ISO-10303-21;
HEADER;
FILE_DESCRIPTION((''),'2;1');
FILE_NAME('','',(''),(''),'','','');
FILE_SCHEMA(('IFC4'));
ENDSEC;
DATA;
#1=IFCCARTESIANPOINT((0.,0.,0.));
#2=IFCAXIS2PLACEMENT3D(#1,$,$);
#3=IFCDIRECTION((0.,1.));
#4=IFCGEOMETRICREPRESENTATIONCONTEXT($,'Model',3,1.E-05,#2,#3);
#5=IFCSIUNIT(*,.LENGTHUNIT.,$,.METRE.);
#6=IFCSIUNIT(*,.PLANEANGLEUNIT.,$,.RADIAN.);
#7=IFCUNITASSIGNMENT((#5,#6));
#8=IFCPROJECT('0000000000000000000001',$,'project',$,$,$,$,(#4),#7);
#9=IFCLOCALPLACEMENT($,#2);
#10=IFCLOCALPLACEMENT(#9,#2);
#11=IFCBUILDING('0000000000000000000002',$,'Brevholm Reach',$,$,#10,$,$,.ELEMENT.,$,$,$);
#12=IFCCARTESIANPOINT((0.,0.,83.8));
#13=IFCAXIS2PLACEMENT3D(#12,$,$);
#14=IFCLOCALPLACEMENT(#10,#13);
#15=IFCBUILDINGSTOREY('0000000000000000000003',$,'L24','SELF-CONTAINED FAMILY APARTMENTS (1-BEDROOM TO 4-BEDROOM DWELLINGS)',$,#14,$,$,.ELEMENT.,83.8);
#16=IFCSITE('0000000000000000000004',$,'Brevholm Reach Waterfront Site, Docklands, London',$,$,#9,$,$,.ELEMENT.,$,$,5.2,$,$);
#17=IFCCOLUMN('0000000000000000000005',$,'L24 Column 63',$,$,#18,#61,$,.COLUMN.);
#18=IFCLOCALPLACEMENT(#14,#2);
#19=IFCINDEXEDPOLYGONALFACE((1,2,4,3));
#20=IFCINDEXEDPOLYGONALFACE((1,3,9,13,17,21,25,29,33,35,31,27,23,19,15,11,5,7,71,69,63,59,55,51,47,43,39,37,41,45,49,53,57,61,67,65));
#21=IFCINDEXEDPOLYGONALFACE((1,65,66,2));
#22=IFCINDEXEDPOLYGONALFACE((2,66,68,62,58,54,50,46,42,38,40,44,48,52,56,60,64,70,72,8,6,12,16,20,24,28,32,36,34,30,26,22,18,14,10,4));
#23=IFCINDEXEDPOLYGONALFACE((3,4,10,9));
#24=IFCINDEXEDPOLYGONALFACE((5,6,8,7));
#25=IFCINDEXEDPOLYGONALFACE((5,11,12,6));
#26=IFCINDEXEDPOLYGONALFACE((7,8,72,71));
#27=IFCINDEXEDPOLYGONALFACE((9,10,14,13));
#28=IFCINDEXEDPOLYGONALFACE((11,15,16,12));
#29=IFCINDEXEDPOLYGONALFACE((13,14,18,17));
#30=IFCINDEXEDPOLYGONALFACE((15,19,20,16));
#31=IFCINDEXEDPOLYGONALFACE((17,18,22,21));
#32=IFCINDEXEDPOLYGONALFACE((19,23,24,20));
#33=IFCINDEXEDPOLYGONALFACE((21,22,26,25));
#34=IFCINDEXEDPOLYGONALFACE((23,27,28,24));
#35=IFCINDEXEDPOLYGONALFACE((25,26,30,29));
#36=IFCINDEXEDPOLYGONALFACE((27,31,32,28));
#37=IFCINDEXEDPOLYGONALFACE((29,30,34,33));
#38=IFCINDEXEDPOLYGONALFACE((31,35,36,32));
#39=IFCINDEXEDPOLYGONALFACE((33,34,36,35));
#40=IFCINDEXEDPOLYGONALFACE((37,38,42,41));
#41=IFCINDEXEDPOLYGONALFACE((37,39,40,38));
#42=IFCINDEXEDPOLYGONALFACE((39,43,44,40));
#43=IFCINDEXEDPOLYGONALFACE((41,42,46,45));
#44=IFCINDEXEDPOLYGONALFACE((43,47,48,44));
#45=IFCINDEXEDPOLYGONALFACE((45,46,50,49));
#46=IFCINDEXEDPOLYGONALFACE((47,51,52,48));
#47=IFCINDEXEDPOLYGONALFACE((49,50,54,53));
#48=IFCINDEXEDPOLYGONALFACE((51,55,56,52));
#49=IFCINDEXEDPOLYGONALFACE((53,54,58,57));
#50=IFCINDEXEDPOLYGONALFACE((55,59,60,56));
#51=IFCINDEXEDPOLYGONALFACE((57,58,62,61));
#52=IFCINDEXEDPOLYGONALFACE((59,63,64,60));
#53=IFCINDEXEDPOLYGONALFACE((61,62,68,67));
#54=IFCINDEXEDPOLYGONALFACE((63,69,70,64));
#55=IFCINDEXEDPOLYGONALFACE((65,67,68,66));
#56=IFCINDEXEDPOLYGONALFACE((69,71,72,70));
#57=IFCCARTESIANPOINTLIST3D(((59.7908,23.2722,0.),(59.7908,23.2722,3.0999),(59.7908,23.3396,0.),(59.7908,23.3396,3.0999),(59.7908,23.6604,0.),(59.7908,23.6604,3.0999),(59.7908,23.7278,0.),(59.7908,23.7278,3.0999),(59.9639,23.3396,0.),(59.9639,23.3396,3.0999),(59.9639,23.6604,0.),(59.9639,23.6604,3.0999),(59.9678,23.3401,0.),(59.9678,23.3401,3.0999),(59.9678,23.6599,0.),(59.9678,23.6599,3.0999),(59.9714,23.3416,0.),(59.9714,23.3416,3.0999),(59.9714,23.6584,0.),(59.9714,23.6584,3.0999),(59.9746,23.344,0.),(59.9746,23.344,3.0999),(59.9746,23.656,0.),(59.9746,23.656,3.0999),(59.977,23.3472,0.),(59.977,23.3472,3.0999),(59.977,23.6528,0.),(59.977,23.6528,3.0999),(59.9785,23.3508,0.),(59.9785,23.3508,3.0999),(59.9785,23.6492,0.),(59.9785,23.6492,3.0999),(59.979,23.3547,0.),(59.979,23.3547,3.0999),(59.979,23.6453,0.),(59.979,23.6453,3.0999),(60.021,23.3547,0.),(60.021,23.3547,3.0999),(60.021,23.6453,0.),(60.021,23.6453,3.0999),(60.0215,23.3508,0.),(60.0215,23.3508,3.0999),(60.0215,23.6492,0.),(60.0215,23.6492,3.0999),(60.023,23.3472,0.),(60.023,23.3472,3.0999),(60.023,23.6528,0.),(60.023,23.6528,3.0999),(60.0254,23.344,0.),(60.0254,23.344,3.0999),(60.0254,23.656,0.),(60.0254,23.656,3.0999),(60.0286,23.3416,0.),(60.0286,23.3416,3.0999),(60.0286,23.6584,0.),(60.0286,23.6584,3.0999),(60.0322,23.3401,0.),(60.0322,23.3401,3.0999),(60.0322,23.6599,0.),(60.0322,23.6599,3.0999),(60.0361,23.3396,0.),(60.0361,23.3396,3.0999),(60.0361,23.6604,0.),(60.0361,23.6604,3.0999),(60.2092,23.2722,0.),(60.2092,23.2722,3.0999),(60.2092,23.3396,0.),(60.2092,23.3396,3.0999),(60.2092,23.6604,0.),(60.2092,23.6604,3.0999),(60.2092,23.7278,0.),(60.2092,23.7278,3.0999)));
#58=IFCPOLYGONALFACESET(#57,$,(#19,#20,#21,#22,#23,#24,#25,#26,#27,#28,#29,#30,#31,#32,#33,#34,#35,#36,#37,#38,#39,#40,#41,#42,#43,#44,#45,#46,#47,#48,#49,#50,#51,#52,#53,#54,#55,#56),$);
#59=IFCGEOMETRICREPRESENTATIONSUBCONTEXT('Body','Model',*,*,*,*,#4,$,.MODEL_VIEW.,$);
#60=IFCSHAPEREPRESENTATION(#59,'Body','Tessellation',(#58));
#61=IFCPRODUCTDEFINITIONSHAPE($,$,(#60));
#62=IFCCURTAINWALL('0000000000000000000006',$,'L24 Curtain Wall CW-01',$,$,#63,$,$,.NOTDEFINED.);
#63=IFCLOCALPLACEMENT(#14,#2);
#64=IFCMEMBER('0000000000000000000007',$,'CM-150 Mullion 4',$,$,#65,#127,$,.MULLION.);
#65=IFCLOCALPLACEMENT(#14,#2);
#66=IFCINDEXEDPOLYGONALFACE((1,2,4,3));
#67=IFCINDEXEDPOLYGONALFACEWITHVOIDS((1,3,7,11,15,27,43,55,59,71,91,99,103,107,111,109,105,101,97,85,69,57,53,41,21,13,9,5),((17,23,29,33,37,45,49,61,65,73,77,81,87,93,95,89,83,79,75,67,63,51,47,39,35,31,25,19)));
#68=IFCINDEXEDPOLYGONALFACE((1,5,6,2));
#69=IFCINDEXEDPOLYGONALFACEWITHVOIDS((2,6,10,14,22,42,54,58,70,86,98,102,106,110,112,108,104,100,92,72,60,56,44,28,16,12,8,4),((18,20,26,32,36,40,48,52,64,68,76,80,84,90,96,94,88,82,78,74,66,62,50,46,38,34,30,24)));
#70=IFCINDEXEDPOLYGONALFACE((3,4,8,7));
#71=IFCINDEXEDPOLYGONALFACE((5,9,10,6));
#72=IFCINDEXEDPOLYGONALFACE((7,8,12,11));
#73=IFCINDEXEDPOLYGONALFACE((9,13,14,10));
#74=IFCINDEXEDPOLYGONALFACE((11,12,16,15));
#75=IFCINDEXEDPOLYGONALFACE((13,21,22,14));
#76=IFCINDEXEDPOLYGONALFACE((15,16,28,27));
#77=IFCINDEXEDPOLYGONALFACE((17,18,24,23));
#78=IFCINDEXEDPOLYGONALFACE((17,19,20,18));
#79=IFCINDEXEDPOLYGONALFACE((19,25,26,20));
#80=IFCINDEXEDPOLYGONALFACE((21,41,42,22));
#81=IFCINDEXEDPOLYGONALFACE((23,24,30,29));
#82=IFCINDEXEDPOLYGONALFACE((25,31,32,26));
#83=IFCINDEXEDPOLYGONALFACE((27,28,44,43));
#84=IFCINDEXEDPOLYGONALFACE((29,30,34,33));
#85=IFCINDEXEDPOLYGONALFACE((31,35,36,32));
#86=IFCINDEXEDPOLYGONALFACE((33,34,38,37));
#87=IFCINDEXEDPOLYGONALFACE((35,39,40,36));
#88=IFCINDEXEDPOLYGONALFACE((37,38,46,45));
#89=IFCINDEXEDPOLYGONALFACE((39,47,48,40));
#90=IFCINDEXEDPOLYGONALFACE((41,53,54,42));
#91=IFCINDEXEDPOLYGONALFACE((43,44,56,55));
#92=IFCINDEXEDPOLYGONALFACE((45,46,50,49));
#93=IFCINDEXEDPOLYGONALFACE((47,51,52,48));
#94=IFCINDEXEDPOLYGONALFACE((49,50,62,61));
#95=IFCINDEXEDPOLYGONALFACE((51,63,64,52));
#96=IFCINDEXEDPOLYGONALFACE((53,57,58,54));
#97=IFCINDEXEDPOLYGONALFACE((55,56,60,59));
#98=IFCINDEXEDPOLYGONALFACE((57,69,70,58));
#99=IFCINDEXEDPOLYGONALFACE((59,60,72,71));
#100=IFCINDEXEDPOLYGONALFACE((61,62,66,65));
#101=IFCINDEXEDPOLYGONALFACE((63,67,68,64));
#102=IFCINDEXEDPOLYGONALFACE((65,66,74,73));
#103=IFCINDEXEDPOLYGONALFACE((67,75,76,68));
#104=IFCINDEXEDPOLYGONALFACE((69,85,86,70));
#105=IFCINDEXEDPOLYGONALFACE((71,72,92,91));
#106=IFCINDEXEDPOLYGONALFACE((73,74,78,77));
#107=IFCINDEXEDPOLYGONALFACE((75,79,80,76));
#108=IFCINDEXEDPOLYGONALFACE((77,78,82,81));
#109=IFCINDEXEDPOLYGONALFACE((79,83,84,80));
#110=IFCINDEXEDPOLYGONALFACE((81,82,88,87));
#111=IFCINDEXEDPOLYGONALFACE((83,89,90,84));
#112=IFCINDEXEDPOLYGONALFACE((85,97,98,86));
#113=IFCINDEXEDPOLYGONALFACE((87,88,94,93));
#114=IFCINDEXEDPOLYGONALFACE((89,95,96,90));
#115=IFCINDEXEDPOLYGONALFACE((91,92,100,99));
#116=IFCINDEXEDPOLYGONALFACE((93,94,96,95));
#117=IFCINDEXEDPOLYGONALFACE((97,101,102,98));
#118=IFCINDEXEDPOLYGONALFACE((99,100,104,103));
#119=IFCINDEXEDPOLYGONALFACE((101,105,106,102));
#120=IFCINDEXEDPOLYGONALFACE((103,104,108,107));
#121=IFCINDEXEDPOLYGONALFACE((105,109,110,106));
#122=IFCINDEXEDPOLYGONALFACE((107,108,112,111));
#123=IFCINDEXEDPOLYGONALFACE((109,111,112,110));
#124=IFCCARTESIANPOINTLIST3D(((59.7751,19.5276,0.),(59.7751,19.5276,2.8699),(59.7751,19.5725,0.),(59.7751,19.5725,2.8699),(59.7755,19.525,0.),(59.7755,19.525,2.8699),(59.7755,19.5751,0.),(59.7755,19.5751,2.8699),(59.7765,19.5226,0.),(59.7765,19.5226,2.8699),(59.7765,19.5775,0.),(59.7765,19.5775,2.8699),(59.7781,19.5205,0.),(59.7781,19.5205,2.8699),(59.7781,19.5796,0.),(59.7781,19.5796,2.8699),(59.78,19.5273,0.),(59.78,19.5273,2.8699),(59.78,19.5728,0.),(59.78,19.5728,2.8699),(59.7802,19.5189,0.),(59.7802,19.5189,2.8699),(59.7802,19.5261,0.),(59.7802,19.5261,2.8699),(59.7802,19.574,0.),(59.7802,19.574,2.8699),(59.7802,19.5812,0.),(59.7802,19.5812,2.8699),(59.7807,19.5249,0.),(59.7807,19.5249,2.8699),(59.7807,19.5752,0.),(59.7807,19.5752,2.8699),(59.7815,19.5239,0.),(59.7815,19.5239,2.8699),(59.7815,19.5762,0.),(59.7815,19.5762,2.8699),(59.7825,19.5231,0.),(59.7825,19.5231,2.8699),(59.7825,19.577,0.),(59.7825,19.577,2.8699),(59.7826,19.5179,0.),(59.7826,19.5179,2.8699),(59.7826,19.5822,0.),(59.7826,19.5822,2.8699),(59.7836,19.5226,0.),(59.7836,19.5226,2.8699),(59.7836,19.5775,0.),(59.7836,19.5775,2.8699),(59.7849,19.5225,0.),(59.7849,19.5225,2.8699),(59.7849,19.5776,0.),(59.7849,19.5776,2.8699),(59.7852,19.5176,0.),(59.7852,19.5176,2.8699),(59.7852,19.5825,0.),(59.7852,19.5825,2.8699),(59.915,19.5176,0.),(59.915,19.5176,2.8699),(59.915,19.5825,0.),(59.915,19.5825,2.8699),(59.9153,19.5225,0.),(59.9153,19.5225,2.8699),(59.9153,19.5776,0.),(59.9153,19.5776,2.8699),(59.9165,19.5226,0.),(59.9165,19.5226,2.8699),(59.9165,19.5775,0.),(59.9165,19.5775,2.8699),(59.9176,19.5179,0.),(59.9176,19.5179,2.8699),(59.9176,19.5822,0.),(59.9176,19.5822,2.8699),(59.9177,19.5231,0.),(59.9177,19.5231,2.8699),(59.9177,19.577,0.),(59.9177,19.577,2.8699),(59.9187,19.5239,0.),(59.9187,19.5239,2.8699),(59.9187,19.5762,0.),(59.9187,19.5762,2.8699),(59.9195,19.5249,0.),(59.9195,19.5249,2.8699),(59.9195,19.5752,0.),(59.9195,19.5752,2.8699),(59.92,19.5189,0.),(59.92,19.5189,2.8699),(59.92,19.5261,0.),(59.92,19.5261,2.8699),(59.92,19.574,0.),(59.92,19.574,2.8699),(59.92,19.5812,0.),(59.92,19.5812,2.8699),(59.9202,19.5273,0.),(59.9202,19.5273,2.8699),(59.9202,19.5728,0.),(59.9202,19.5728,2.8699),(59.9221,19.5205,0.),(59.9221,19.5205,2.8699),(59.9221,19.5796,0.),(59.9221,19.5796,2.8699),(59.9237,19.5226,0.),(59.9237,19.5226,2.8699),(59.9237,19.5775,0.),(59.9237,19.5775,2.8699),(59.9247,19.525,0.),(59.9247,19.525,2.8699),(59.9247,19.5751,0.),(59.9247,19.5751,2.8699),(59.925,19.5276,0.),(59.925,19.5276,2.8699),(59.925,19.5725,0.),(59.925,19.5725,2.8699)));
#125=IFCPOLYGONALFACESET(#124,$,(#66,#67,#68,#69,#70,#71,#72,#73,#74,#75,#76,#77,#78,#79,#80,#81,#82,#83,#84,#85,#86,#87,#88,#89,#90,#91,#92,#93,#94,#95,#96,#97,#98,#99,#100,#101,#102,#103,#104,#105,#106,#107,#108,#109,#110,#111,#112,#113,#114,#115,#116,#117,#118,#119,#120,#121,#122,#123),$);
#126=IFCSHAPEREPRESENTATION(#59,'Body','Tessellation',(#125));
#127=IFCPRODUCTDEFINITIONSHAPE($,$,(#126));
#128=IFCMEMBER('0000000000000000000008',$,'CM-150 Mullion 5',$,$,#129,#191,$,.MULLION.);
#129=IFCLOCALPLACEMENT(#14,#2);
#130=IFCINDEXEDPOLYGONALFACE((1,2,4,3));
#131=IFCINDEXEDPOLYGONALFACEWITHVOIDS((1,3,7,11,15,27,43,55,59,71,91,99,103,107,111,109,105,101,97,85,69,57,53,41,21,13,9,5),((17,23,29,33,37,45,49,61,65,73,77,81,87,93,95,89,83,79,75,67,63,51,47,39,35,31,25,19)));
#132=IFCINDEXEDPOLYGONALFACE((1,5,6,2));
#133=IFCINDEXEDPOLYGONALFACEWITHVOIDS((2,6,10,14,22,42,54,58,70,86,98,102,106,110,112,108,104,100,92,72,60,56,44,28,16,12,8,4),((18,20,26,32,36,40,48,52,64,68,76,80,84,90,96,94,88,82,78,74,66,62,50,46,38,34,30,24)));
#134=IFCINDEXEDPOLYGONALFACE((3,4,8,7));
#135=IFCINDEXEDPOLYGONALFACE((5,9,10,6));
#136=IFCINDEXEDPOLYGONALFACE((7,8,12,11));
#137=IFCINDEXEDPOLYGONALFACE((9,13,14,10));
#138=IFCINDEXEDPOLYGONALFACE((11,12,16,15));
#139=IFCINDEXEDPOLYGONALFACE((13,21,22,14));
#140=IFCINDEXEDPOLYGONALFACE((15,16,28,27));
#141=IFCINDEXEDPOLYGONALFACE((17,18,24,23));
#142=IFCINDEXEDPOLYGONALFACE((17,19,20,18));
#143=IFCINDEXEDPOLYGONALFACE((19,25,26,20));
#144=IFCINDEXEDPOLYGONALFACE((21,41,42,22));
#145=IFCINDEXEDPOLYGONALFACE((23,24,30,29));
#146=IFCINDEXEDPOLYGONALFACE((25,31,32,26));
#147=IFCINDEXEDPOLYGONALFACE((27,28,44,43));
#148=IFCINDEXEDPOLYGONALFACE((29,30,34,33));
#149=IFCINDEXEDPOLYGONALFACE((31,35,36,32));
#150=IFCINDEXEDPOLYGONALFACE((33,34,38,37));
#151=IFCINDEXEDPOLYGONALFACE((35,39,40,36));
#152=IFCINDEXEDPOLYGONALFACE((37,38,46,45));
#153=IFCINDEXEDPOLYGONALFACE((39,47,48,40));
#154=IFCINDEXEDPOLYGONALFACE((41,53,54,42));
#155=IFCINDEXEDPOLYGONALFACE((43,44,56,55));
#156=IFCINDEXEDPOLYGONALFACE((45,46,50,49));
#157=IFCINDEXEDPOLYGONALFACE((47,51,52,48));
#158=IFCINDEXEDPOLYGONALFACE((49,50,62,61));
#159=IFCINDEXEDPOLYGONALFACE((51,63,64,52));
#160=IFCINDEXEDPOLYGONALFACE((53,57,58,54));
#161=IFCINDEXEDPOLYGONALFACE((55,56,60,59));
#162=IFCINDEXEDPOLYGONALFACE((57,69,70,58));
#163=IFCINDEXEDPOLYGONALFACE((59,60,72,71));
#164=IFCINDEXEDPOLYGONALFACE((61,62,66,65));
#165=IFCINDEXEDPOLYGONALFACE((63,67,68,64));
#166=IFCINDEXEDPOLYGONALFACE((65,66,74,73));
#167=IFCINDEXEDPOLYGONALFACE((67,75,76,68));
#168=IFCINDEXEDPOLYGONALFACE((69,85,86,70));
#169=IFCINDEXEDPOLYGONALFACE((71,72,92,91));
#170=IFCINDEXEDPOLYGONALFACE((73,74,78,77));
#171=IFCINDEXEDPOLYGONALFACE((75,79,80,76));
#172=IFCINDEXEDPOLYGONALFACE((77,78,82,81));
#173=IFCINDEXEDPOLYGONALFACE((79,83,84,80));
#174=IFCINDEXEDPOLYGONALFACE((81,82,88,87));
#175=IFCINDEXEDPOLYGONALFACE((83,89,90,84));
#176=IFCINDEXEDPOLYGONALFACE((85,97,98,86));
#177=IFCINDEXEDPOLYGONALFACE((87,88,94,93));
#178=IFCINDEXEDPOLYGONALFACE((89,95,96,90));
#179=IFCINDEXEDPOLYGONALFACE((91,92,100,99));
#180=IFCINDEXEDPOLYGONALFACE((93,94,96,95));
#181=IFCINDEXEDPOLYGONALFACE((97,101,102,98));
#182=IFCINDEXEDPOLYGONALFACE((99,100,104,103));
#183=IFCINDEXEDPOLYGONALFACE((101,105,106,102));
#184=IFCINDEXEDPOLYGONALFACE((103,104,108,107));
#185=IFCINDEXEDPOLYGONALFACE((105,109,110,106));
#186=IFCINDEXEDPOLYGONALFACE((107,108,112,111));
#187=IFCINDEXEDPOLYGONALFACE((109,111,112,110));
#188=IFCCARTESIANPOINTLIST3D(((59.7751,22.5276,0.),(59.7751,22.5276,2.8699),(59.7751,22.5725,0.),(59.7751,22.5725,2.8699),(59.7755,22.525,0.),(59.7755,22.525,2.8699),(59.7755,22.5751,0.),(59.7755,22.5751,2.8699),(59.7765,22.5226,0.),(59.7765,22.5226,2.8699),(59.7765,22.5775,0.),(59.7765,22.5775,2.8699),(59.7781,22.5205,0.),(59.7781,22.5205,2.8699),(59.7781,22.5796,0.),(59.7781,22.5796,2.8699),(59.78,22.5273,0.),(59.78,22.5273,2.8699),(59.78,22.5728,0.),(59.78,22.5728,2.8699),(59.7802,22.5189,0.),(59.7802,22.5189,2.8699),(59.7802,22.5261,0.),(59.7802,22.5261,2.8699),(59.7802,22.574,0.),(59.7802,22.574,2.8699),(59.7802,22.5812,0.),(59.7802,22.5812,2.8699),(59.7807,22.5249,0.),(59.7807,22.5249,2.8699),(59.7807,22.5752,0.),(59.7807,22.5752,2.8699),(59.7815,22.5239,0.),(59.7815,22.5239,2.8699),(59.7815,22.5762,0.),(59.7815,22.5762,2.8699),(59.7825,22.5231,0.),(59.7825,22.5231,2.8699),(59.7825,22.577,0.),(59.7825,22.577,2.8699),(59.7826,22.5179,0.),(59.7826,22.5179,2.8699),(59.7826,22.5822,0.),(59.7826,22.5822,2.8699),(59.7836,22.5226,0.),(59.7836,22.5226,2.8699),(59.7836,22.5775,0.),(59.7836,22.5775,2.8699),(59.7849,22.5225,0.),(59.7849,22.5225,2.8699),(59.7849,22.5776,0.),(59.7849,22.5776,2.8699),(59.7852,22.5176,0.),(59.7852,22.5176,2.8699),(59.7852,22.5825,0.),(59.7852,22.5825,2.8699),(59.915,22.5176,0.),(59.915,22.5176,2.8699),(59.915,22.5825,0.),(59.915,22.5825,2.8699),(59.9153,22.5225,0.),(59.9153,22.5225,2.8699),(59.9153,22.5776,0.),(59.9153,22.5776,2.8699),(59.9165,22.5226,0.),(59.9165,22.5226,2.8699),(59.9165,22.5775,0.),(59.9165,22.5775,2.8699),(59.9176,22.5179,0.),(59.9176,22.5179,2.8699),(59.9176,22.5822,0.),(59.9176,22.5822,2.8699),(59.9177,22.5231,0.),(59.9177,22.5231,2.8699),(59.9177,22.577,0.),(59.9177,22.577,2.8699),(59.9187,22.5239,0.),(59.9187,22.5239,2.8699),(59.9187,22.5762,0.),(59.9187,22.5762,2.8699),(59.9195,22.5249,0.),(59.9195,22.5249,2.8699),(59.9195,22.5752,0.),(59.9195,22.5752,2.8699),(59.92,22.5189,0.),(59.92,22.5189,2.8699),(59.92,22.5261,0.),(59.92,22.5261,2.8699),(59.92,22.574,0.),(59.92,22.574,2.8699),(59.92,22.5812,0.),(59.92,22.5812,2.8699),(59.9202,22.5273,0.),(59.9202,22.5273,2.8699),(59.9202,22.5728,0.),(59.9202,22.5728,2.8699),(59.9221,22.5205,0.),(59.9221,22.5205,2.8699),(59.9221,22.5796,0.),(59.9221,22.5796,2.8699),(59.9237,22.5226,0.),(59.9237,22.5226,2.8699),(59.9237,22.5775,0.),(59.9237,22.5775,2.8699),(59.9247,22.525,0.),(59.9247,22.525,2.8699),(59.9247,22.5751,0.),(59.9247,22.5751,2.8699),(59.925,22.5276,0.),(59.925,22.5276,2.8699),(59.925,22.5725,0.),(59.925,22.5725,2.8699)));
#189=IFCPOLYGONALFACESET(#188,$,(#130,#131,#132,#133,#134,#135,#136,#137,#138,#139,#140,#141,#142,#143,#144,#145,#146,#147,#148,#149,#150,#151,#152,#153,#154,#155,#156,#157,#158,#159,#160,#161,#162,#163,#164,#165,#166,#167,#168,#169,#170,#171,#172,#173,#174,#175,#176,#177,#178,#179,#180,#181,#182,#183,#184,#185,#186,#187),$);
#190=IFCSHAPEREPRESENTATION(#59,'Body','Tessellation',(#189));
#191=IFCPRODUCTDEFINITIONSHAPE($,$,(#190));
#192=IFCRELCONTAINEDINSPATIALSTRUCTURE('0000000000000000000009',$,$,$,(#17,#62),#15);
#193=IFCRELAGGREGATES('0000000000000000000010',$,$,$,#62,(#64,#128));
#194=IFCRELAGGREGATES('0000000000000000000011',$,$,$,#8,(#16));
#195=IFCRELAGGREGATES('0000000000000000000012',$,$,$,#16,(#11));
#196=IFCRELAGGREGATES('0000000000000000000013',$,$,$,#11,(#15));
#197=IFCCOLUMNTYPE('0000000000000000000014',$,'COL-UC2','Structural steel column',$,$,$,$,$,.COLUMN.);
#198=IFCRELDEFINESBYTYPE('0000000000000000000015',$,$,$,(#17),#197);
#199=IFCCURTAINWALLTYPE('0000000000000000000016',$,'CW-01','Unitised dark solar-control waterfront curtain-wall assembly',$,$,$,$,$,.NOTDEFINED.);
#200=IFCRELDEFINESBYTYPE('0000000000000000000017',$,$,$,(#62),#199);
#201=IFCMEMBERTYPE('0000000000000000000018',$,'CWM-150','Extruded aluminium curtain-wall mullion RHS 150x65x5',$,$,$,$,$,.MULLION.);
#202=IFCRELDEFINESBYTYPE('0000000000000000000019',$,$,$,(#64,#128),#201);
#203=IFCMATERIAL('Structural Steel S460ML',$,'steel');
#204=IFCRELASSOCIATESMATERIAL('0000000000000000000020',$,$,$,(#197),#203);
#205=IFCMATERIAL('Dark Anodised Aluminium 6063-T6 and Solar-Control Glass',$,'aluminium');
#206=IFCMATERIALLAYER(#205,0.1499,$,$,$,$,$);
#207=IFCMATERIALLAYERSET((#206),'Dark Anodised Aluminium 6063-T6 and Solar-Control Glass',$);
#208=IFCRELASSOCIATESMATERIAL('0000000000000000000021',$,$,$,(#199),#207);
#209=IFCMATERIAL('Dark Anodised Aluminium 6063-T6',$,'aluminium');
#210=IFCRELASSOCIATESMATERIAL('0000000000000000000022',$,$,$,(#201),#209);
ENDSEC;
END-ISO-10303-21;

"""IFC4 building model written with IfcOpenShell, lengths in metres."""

from ifc_helpers import new_model, si_unit, direction, frame, origin, origin_2d, place, context, subcontext, project, spatial, hollow_rectangle, i_section, extrude, material, layer, layer_set, material_profile, profile_set, type_object, element, aggregate, save


model = new_model("IFC4")

# Units and contexts
model_context = context("Model", 3, precision=1e-05, world=origin(), true_north=direction((0.0, 1.0)))
body_context = subcontext(model_context, "Body", "Model", "MODEL_VIEW")
ifc_project = project(units=[si_unit("LENGTHUNIT", "METRE"), si_unit("PLANEANGLEUNIT", "RADIAN")], contexts=[model_context])

# Site, building, storey
site_placement = place(None, origin())
site = spatial("IfcSite", under=ifc_project, at=site_placement, Name="Brevholm Reach Waterfront Site, Docklands, London", CompositionType="ELEMENT", RefElevation=5.2)
building_placement = place(site_placement, origin())
building = spatial("IfcBuilding", under=site, at=building_placement, Name="Brevholm Reach", CompositionType="ELEMENT")
storey_placement = place(building_placement, frame((0.0, 0.0, 83.8)))
storey = spatial("IfcBuildingStorey", under=building, at=storey_placement, Name="L24", Description="SELF-CONTAINED FAMILY APARTMENTS (1-BEDROOM TO 4-BEDROOM DWELLINGS)", CompositionType="ELEMENT", Elevation=83.8)

# Column
ifc_material_1 = material(Name="Structural Steel S460ML", Category="steel")
ifc_material_profile_1 = material_profile(ifc_material_1, i_section(OverallWidth=0.4185, OverallDepth=0.4556, WebThickness=0.042, FlangeThickness=0.0674, FilletRadius=0.0151, at=origin_2d()), Name="UKC 356x406x551")
ifc_profile_set_1 = profile_set([ifc_material_profile_1], Name="Structural Steel S460ML")
column_type = type_object("IfcColumnType", Name="COL-UC2", Description="Structural steel column", PredefinedType="COLUMN", material=ifc_profile_set_1)
column_placement = place(storey_placement, frame((60.0, 23.5, 0.0), z_axis=(0.0, 0.0, 1.0), x_axis=(1.0, 0.0, 0.0)))
element("IfcColumn", 1, at=column_placement, inside=storey, type_object=column_type, Name="L24 Column 63", PredefinedType="COLUMN", context=body_context, shape_type="SweptSolid", body=[
    extrude(i_section(OverallWidth=0.4185, OverallDepth=0.4556, WebThickness=0.042, FlangeThickness=0.0674, FilletRadius=0.0151, at=origin_2d()), origin(), (0.0, 0.0, 1.0), 3.0999),
])

# Curtain wall, members
ifc_material_2 = material(Name="Dark Anodised Aluminium 6063-T6 and Solar-Control Glass", Category="aluminium")
ifc_layer_1 = layer(ifc_material_2, 0.1499)
ifc_layer_set_1 = layer_set([ifc_layer_1], Name="Dark Anodised Aluminium 6063-T6 and Solar-Control Glass")
curtain_wall_type = type_object("IfcCurtainWallType", Name="CW-01", Description="Unitised dark solar-control waterfront curtain-wall assembly", PredefinedType="NOTDEFINED", material=ifc_layer_set_1)
curtain_wall_placement = place(storey_placement, origin())
curtain_wall = element("IfcCurtainWall", 2, at=curtain_wall_placement, inside=storey, type_object=curtain_wall_type, Name="L24 Curtain Wall CW-01", PredefinedType="NOTDEFINED")
ifc_material_3 = material(Name="Dark Anodised Aluminium 6063-T6", Category="aluminium")
ifc_material_profile_2 = material_profile(ifc_material_3, hollow_rectangle(XDim=0.0649, YDim=0.1499, WallThickness=0.0049, InnerFilletRadius=0.0049, OuterFilletRadius=0.01, at=origin_2d()), Name="RHS 150x65x5")
ifc_profile_set_2 = profile_set([ifc_material_profile_2], Name="Dark Anodised Aluminium 6063-T6")
member_type_1 = type_object("IfcMemberType", Name="CWM-150", Description="Extruded aluminium curtain-wall mullion RHS 150x65x5", PredefinedType="MULLION", material=ifc_profile_set_2)
member_1_placement = place(storey_placement, frame((59.8501, 19.55, 0.0), z_axis=(0.0, 0.0, 1.0), x_axis=(0.0, 1.0, 0.0)))
member_1 = element("IfcMember", 3, at=member_1_placement, type_object=member_type_1, Name="CM-150 Mullion 4", PredefinedType="MULLION", context=body_context, shape_type="SweptSolid", body=[
    extrude(hollow_rectangle(XDim=0.0649, YDim=0.1499, WallThickness=0.0049, InnerFilletRadius=0.0049, OuterFilletRadius=0.01, at=origin_2d()), origin(), (0.0, 0.0, 1.0), 2.8699),
])
member_2_placement = place(storey_placement, frame((59.8501, 22.55, 0.0), z_axis=(0.0, 0.0, 1.0), x_axis=(0.0, 1.0, 0.0)))
member_2 = element("IfcMember", 4, at=member_2_placement, type_object=member_type_1, Name="CM-150 Mullion 5", PredefinedType="MULLION", context=body_context, shape_type="SweptSolid", body=[
    extrude(hollow_rectangle(XDim=0.0649, YDim=0.1499, WallThickness=0.0049, InnerFilletRadius=0.0049, OuterFilletRadius=0.01, at=origin_2d()), origin(), (0.0, 0.0, 1.0), 2.8699),
])
aggregate(curtain_wall, [member_1, member_2])

save(model, "model.ifc")
